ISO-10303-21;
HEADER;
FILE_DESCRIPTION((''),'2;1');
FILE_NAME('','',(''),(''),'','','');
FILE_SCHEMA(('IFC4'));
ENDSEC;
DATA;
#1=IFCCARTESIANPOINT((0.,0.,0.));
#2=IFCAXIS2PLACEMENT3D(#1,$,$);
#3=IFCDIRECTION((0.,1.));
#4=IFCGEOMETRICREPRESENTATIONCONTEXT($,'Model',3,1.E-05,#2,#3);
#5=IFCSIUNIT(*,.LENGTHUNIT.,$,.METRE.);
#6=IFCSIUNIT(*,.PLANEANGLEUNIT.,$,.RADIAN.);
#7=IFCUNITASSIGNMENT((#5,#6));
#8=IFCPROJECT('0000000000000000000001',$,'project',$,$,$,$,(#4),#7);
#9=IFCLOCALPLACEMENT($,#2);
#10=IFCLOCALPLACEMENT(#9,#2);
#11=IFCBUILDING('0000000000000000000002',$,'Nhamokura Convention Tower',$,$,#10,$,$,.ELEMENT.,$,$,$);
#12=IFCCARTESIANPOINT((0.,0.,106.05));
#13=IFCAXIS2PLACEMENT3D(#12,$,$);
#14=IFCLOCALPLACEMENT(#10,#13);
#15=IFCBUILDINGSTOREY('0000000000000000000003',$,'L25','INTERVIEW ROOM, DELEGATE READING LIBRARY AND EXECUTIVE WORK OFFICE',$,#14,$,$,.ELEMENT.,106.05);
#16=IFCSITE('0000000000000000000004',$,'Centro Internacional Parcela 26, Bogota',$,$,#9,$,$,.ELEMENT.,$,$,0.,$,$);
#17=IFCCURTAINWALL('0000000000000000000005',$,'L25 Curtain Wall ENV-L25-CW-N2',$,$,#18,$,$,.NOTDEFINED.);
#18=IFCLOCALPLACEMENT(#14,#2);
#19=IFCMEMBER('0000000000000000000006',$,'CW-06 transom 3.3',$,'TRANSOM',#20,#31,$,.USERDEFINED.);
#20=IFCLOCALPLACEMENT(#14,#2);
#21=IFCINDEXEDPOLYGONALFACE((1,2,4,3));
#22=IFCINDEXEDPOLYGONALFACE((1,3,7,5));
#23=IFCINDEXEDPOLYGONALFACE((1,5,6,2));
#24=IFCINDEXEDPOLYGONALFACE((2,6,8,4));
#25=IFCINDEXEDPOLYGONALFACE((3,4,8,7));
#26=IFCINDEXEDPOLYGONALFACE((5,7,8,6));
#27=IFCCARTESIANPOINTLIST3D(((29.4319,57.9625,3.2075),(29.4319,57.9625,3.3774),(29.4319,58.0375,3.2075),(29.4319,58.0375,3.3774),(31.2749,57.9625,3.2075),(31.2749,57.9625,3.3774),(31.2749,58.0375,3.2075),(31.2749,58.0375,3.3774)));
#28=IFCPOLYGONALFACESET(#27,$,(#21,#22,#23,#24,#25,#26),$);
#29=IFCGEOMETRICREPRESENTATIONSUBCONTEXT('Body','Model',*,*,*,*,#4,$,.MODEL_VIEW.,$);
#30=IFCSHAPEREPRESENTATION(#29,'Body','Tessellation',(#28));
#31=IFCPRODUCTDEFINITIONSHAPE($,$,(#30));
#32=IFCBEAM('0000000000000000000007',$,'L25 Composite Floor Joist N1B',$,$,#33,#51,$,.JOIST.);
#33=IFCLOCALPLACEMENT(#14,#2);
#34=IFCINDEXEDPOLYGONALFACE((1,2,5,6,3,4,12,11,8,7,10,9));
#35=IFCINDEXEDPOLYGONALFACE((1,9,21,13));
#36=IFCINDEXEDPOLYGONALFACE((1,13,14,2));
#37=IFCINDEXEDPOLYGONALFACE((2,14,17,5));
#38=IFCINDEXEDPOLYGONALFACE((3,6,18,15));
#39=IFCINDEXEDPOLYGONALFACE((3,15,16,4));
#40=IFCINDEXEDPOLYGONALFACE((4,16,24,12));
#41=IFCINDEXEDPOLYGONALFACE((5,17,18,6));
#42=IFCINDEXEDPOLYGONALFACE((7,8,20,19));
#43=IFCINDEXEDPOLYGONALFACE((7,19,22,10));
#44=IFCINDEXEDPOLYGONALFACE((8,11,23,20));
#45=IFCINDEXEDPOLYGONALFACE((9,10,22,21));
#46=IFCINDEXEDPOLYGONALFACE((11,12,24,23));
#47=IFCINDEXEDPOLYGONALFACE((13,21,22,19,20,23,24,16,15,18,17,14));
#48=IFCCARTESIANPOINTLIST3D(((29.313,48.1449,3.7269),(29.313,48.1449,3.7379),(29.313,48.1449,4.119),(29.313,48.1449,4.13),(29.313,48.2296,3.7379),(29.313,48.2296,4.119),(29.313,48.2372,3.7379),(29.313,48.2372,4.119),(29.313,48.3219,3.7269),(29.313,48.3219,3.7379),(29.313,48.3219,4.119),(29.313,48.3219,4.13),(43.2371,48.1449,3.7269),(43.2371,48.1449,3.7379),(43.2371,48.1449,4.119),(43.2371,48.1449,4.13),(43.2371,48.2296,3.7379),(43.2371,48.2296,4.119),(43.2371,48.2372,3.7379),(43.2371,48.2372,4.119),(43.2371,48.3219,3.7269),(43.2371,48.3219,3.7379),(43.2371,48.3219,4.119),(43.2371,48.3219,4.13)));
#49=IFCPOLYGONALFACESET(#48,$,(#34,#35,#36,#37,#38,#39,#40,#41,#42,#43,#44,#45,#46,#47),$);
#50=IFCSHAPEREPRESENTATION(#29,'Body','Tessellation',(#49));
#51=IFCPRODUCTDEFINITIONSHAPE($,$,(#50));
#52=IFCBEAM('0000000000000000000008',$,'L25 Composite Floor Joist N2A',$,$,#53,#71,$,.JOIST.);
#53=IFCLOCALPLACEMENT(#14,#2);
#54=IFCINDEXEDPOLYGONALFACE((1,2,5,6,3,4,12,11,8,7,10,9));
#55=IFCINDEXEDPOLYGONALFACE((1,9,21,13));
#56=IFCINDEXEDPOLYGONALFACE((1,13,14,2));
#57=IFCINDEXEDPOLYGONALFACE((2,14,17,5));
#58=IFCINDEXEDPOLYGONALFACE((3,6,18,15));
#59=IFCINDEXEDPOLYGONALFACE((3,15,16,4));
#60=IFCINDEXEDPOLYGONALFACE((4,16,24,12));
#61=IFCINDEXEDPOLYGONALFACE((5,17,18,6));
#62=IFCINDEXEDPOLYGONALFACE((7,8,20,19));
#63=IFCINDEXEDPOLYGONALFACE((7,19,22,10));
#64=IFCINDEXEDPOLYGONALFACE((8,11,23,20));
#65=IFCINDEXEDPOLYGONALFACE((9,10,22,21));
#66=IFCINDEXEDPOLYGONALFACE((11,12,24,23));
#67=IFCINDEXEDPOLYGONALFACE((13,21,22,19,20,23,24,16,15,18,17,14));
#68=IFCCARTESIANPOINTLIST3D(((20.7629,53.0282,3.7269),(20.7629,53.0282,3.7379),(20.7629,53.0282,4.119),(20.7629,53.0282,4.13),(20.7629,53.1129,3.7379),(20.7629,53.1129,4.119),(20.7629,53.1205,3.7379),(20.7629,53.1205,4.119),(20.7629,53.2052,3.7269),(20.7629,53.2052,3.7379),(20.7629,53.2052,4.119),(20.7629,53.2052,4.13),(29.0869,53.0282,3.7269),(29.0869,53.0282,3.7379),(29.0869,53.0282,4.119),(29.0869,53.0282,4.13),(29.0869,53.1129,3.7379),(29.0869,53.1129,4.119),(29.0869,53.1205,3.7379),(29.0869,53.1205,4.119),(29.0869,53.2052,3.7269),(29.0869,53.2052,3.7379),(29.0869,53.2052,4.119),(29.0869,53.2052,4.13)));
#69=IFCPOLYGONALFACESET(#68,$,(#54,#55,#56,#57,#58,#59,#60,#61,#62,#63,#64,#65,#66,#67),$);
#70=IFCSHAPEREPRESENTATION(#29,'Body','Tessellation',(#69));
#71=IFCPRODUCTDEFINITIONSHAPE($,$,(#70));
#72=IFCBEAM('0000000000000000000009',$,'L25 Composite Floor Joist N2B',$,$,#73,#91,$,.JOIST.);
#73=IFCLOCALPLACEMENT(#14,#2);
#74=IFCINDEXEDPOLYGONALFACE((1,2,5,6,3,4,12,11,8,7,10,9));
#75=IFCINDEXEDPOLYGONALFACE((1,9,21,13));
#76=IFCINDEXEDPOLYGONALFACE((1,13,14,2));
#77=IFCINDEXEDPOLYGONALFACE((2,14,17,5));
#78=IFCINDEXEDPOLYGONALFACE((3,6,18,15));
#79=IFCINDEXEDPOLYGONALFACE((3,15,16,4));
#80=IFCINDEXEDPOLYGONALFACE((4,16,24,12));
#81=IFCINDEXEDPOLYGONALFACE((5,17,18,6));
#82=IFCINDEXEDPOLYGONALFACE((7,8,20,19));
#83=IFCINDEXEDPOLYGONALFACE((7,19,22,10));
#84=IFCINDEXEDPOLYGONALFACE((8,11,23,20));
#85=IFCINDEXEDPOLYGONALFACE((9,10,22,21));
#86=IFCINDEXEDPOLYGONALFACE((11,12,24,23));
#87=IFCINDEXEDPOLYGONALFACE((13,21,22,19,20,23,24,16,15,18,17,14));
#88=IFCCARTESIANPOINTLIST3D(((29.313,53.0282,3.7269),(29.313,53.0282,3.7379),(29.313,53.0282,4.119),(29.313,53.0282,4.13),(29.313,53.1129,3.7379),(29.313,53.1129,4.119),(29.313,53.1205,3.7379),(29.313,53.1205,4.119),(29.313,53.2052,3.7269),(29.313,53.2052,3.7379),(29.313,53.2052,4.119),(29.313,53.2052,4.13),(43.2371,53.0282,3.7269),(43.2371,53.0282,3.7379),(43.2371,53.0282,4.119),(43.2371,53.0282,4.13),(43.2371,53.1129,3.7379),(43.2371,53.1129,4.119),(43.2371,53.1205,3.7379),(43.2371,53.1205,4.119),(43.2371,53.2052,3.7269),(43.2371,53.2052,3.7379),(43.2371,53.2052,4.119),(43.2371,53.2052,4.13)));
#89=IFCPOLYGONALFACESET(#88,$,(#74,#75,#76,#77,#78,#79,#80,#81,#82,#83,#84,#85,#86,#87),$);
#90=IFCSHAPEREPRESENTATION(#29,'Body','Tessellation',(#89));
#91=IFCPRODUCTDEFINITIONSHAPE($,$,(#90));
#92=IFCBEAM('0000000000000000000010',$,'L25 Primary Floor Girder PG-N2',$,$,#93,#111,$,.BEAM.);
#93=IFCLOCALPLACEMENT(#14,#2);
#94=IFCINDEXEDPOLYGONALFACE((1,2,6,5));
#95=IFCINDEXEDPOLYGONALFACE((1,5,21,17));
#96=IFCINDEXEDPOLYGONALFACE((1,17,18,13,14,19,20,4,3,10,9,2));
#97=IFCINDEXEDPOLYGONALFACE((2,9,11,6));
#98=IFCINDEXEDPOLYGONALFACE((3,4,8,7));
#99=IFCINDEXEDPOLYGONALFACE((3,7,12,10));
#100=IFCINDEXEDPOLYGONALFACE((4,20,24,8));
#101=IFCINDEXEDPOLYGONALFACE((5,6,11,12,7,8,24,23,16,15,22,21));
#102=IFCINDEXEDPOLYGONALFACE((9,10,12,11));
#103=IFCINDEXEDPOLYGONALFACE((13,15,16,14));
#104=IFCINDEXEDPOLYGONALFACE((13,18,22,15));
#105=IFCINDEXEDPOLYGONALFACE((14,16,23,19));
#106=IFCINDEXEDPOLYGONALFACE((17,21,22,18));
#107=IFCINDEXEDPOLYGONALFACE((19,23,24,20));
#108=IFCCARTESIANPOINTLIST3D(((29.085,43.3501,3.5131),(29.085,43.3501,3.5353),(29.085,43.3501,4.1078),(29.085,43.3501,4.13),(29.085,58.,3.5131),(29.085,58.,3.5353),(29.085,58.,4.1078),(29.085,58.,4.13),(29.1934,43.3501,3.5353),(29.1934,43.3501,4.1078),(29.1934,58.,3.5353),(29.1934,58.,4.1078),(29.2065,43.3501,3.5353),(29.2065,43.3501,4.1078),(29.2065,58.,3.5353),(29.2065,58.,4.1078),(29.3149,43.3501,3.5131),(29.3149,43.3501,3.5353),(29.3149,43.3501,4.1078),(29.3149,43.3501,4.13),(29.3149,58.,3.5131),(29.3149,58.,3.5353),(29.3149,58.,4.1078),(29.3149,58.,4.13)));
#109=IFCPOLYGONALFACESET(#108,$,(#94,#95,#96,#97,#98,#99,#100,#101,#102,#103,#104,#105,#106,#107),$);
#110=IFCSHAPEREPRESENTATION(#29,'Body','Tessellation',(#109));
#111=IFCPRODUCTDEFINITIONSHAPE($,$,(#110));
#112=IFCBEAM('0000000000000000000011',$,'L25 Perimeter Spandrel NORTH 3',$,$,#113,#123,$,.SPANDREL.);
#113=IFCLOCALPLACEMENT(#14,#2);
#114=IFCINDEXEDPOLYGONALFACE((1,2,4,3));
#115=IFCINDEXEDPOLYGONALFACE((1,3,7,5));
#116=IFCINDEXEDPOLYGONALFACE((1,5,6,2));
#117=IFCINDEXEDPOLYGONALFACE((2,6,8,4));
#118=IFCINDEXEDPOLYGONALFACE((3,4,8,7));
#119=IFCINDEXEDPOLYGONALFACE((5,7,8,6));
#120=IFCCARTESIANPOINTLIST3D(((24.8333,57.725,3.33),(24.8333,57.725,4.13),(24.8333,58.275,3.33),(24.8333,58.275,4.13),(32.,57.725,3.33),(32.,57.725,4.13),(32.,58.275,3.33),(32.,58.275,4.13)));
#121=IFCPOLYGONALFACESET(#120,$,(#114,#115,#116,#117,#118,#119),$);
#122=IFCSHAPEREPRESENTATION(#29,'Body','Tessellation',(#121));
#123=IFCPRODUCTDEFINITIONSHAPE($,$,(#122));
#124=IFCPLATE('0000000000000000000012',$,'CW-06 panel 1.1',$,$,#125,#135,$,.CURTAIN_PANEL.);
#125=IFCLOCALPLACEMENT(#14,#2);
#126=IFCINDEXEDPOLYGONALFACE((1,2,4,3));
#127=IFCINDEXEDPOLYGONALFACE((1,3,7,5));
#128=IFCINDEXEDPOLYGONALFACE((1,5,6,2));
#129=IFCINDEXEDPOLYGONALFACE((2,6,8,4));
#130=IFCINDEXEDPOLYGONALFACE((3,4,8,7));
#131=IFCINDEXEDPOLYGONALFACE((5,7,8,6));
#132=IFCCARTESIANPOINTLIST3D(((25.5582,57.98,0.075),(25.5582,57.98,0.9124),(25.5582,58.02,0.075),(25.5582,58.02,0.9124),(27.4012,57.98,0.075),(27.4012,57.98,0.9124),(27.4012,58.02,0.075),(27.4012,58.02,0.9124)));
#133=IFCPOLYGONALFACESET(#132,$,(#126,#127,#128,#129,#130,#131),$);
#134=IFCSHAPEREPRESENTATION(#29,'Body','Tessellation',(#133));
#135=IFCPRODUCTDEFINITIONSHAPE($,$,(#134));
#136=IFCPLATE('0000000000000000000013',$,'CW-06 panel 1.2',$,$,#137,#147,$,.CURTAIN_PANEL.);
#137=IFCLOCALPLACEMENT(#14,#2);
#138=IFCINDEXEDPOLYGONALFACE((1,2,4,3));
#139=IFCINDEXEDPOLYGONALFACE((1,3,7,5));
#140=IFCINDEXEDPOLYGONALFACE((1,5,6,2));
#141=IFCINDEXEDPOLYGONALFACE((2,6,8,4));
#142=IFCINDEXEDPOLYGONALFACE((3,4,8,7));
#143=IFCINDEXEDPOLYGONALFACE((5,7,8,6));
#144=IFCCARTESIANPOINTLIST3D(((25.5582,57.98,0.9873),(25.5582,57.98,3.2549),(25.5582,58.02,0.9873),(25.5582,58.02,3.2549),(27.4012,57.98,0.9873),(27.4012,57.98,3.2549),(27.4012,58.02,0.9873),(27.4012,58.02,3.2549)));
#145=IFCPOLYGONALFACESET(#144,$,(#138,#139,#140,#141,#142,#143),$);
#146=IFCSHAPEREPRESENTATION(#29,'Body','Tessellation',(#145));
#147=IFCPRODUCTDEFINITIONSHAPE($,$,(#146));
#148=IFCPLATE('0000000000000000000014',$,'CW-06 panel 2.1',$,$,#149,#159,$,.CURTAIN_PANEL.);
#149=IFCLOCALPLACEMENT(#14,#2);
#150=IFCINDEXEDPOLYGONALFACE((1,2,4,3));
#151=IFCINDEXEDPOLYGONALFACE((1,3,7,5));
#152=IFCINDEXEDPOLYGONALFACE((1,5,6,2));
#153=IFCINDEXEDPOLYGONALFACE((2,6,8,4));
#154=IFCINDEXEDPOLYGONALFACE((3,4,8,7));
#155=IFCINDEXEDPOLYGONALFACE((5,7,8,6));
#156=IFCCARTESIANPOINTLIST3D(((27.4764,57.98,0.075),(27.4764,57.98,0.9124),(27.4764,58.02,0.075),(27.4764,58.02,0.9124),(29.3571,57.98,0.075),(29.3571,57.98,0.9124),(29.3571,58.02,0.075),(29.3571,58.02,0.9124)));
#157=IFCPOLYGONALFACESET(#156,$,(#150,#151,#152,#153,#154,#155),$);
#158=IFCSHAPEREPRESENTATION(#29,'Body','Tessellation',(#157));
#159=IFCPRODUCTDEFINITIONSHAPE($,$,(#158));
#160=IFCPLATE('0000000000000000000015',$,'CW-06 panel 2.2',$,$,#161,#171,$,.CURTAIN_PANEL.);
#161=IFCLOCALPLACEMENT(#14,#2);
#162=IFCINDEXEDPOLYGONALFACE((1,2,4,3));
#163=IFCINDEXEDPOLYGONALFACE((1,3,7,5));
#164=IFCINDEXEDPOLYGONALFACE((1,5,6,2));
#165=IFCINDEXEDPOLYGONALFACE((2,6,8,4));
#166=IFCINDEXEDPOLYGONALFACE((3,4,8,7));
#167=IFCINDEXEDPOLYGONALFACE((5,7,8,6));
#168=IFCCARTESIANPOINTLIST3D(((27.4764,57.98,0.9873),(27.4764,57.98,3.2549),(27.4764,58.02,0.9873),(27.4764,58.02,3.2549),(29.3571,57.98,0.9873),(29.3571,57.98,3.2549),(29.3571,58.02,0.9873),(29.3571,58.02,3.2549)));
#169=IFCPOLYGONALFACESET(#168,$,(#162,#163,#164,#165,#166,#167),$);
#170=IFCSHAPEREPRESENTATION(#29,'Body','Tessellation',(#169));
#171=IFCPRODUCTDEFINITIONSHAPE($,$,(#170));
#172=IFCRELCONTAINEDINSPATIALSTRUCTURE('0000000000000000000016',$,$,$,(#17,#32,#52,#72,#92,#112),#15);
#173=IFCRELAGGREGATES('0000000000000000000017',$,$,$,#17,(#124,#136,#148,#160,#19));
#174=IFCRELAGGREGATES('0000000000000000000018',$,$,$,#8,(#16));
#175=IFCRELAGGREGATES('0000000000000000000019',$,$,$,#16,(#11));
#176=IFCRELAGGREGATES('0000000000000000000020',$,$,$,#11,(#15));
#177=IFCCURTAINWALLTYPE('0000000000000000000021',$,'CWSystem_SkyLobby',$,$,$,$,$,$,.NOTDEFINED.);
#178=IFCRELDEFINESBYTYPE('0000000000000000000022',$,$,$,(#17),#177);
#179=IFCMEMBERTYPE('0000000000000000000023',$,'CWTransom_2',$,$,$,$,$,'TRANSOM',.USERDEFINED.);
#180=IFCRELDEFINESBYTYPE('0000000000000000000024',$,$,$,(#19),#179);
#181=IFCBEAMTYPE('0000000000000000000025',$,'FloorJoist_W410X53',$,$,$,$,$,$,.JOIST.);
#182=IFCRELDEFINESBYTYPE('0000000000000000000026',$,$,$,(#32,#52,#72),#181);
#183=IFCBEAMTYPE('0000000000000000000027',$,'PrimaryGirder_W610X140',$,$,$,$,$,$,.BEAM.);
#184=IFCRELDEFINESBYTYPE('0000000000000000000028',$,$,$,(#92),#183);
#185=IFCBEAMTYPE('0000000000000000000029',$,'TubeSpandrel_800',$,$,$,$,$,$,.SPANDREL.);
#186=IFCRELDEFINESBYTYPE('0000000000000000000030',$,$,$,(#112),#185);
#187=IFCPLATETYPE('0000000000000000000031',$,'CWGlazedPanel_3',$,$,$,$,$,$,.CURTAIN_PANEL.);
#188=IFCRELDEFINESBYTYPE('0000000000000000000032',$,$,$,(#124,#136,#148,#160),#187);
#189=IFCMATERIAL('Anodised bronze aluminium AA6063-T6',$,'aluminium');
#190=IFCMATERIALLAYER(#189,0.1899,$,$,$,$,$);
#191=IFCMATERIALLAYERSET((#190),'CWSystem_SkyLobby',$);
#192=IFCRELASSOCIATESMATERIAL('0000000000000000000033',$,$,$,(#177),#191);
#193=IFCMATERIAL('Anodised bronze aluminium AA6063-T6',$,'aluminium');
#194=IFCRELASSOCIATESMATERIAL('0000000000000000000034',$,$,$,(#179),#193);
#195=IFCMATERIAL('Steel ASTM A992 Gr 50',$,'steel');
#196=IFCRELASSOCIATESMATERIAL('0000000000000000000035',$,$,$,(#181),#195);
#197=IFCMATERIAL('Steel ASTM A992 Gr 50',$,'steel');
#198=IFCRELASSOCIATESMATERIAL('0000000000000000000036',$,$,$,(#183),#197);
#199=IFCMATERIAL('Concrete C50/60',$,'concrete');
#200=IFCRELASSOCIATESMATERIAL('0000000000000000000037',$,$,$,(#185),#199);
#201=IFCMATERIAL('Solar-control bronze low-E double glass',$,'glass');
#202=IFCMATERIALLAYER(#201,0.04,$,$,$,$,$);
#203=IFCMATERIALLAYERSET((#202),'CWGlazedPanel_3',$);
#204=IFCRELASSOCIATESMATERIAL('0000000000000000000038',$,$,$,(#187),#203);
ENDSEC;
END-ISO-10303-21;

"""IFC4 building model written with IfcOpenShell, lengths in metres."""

from ifc_helpers import new_model, si_unit, direction, frame, origin, origin_2d, place, context, subcontext, project, spatial, rectangle, i_section, extrude, material, layer, layer_set, material_profile, profile_set, type_object, element, aggregate, save


model = new_model("IFC4")

# Units and contexts
model_context = context("Model", 3, precision=1e-05, world=origin(), true_north=direction((0.0, 1.0)))
body_context = subcontext(model_context, "Body", "Model", "MODEL_VIEW")
ifc_project = project(units=[si_unit("LENGTHUNIT", "METRE"), si_unit("PLANEANGLEUNIT", "RADIAN")], contexts=[model_context])

# Site, building, storey
site_placement = place(None, origin())
site = spatial("IfcSite", under=ifc_project, at=site_placement, Name="Centro Internacional Parcela 26, Bogota", CompositionType="ELEMENT", RefElevation=0.0)
building_placement = place(site_placement, origin())
building = spatial("IfcBuilding", under=site, at=building_placement, Name="Nhamokura Convention Tower", CompositionType="ELEMENT")
storey_placement = place(building_placement, frame((0.0, 0.0, 106.05)))
storey = spatial("IfcBuildingStorey", under=building, at=storey_placement, Name="L25", Description="INTERVIEW ROOM, DELEGATE READING LIBRARY AND EXECUTIVE WORK OFFICE", CompositionType="ELEMENT", Elevation=106.05)

# Curtain wall, member
ifc_material_1 = material(Name="Anodised bronze aluminium AA6063-T6", Category="aluminium")
ifc_layer_1 = layer(ifc_material_1, 0.1899)
ifc_layer_set_1 = layer_set([ifc_layer_1], Name="CWSystem_SkyLobby")
curtain_wall_type = type_object("IfcCurtainWallType", Name="CWSystem_SkyLobby", PredefinedType="NOTDEFINED", material=ifc_layer_set_1)
curtain_wall_placement = place(storey_placement, origin())
curtain_wall = element("IfcCurtainWall", 1, at=curtain_wall_placement, inside=storey, type_object=curtain_wall_type, Name="L25 Curtain Wall ENV-L25-CW-N2", PredefinedType="NOTDEFINED")
ifc_material_2 = material(Name="Anodised bronze aluminium AA6063-T6", Category="aluminium")
ifc_material_profile_1 = material_profile(ifc_material_2, rectangle(XDim=0.075, YDim=0.1699, at=origin_2d()))
ifc_profile_set_1 = profile_set([ifc_material_profile_1], Name="Anodised bronze aluminium AA6063-T6")
member_type_1 = type_object("IfcMemberType", Name="CWTransom_2", ElementType="TRANSOM", PredefinedType="USERDEFINED", material=ifc_profile_set_1)
member_1_placement = place(storey_placement, frame((29.4319, 58.0, 3.2925), z_axis=(1.0, 0.0, 0.0), x_axis=(0.0, 1.0, 0.0)))
member_1 = element("IfcMember", 2, at=member_1_placement, type_object=member_type_1, Name="CW-06 transom 3.3", ObjectType="TRANSOM", PredefinedType="USERDEFINED", context=body_context, shape_type="SweptSolid", body=[
    extrude(rectangle(XDim=0.075, YDim=0.1699, at=origin_2d()), origin(), (0.0, 0.0, 1.0), 1.843),
])

# Beams
ifc_material_3 = material(Name="Steel ASTM A992 Gr 50", Category="steel")
ifc_material_profile_2 = material_profile(ifc_material_3, i_section(OverallWidth=0.177, OverallDepth=0.4031, WebThickness=0.0076, FlangeThickness=0.011, at=origin_2d()))
ifc_profile_set_2 = profile_set([ifc_material_profile_2], Name="Steel ASTM A992 Gr 50")
beam_type_1 = type_object("IfcBeamType", Name="FloorJoist_W410X53", PredefinedType="JOIST", material=ifc_profile_set_2)
beam_1_placement = place(storey_placement, frame((29.313, 48.2334, 3.9285), z_axis=(1.0, 0.0, 0.0), x_axis=(0.0, 1.0, 0.0)))
element("IfcBeam", 3, at=beam_1_placement, inside=storey, type_object=beam_type_1, Name="L25 Composite Floor Joist N1B", PredefinedType="JOIST", context=body_context, shape_type="SweptSolid", body=[
    extrude(i_section(OverallWidth=0.177, OverallDepth=0.4031, WebThickness=0.0076, FlangeThickness=0.011, at=origin_2d()), origin(), (0.0, 0.0, 1.0), 13.9241),
])
beam_2_placement = place(storey_placement, frame((20.7629, 53.1167, 3.9285), z_axis=(1.0, 0.0, 0.0), x_axis=(0.0, 1.0, 0.0)))
element("IfcBeam", 4, at=beam_2_placement, inside=storey, type_object=beam_type_1, Name="L25 Composite Floor Joist N2A", PredefinedType="JOIST", context=body_context, shape_type="SweptSolid", body=[
    extrude(i_section(OverallWidth=0.177, OverallDepth=0.4031, WebThickness=0.0076, FlangeThickness=0.011, at=origin_2d()), origin(), (0.0, 0.0, 1.0), 8.324),
])
beam_3_placement = place(storey_placement, frame((29.313, 53.1167, 3.9285), z_axis=(1.0, 0.0, 0.0), x_axis=(0.0, 1.0, 0.0)))
element("IfcBeam", 5, at=beam_3_placement, inside=storey, type_object=beam_type_1, Name="L25 Composite Floor Joist N2B", PredefinedType="JOIST", context=body_context, shape_type="SweptSolid", body=[
    extrude(i_section(OverallWidth=0.177, OverallDepth=0.4031, WebThickness=0.0076, FlangeThickness=0.011, at=origin_2d()), origin(), (0.0, 0.0, 1.0), 13.9241),
])
ifc_material_4 = material(Name="Steel ASTM A992 Gr 50", Category="steel")
ifc_material_profile_3 = material_profile(ifc_material_4, i_section(OverallWidth=0.23, OverallDepth=0.6169, WebThickness=0.0132, FlangeThickness=0.0222, at=origin_2d()))
ifc_profile_set_3 = profile_set([ifc_material_profile_3], Name="Steel ASTM A992 Gr 50")
beam_type_2 = type_object("IfcBeamType", Name="PrimaryGirder_W610X140", PredefinedType="BEAM", material=ifc_profile_set_3)
beam_4_placement = place(storey_placement, frame((29.2, 43.3501, 3.8215), z_axis=(0.0, 1.0, 0.0), x_axis=(-1.0, 0.0, 0.0)))
element("IfcBeam", 6, at=beam_4_placement, inside=storey, type_object=beam_type_2, Name="L25 Primary Floor Girder PG-N2", PredefinedType="BEAM", context=body_context, shape_type="SweptSolid", body=[
    extrude(i_section(OverallWidth=0.23, OverallDepth=0.6169, WebThickness=0.0132, FlangeThickness=0.0222, at=origin_2d()), origin(), (0.0, 0.0, 1.0), 14.6499),
])
ifc_material_5 = material(Name="Concrete C50/60", Category="concrete")
ifc_material_profile_4 = material_profile(ifc_material_5, rectangle(XDim=0.55, YDim=0.8, at=origin_2d()))
ifc_profile_set_4 = profile_set([ifc_material_profile_4], Name="Concrete C50/60")
beam_type_3 = type_object("IfcBeamType", Name="TubeSpandrel_800", PredefinedType="SPANDREL", material=ifc_profile_set_4)
beam_5_placement = place(storey_placement, frame((24.8333, 58.0, 3.73), z_axis=(1.0, 0.0, 0.0), x_axis=(0.0, 1.0, 0.0)))
element("IfcBeam", 7, at=beam_5_placement, inside=storey, type_object=beam_type_3, Name="L25 Perimeter Spandrel NORTH 3", PredefinedType="SPANDREL", context=body_context, shape_type="SweptSolid", body=[
    extrude(rectangle(XDim=0.55, YDim=0.8, at=origin_2d()), origin(), (0.0, 0.0, 1.0), 7.1667),
])

# Plates
ifc_material_6 = material(Name="Solar-control bronze low-E double glass", Category="glass")
ifc_layer_2 = layer(ifc_material_6, 0.04)
ifc_layer_set_2 = layer_set([ifc_layer_2], Name="CWGlazedPanel_3")
plate_type = type_object("IfcPlateType", Name="CWGlazedPanel_3", PredefinedType="CURTAIN_PANEL", material=ifc_layer_set_2)
plate_1_placement = place(storey_placement, frame((26.4797, 58.0, 0.075), z_axis=(0.0, 0.0, 1.0), x_axis=(1.0, 0.0, 0.0)))
plate_1 = element("IfcPlate", 8, at=plate_1_placement, type_object=plate_type, Name="CW-06 panel 1.1", PredefinedType="CURTAIN_PANEL", context=body_context, shape_type="SweptSolid", body=[
    extrude(rectangle(XDim=1.843, YDim=0.04, at=origin_2d()), origin(), (0.0, 0.0, 1.0), 0.8374),
])
plate_2_placement = place(storey_placement, frame((26.4797, 58.0, 0.9873), z_axis=(0.0, 0.0, 1.0), x_axis=(1.0, 0.0, 0.0)))
plate_2 = element("IfcPlate", 9, at=plate_2_placement, type_object=plate_type, Name="CW-06 panel 1.2", PredefinedType="CURTAIN_PANEL", context=body_context, shape_type="SweptSolid", body=[
    extrude(rectangle(XDim=1.843, YDim=0.04, at=origin_2d()), origin(), (0.0, 0.0, 1.0), 2.2676),
])
plate_3_placement = place(storey_placement, frame((28.4167, 58.0, 0.075), z_axis=(0.0, 0.0, 1.0), x_axis=(1.0, 0.0, 0.0)))
plate_3 = element("IfcPlate", 10, at=plate_3_placement, type_object=plate_type, Name="CW-06 panel 2.1", PredefinedType="CURTAIN_PANEL", context=body_context, shape_type="SweptSolid", body=[
    extrude(rectangle(XDim=1.8806, YDim=0.04, at=origin_2d()), origin(), (0.0, 0.0, 1.0), 0.8374),
])
plate_4_placement = place(storey_placement, frame((28.4167, 58.0, 0.9873), z_axis=(0.0, 0.0, 1.0), x_axis=(1.0, 0.0, 0.0)))
plate_4 = element("IfcPlate", 11, at=plate_4_placement, type_object=plate_type, Name="CW-06 panel 2.2", PredefinedType="CURTAIN_PANEL", context=body_context, shape_type="SweptSolid", body=[
    extrude(rectangle(XDim=1.8806, YDim=0.04, at=origin_2d()), origin(), (0.0, 0.0, 1.0), 2.2676),
])
aggregate(curtain_wall, [plate_1, plate_2, plate_3, plate_4, member_1])

save(model, "model.ifc")
